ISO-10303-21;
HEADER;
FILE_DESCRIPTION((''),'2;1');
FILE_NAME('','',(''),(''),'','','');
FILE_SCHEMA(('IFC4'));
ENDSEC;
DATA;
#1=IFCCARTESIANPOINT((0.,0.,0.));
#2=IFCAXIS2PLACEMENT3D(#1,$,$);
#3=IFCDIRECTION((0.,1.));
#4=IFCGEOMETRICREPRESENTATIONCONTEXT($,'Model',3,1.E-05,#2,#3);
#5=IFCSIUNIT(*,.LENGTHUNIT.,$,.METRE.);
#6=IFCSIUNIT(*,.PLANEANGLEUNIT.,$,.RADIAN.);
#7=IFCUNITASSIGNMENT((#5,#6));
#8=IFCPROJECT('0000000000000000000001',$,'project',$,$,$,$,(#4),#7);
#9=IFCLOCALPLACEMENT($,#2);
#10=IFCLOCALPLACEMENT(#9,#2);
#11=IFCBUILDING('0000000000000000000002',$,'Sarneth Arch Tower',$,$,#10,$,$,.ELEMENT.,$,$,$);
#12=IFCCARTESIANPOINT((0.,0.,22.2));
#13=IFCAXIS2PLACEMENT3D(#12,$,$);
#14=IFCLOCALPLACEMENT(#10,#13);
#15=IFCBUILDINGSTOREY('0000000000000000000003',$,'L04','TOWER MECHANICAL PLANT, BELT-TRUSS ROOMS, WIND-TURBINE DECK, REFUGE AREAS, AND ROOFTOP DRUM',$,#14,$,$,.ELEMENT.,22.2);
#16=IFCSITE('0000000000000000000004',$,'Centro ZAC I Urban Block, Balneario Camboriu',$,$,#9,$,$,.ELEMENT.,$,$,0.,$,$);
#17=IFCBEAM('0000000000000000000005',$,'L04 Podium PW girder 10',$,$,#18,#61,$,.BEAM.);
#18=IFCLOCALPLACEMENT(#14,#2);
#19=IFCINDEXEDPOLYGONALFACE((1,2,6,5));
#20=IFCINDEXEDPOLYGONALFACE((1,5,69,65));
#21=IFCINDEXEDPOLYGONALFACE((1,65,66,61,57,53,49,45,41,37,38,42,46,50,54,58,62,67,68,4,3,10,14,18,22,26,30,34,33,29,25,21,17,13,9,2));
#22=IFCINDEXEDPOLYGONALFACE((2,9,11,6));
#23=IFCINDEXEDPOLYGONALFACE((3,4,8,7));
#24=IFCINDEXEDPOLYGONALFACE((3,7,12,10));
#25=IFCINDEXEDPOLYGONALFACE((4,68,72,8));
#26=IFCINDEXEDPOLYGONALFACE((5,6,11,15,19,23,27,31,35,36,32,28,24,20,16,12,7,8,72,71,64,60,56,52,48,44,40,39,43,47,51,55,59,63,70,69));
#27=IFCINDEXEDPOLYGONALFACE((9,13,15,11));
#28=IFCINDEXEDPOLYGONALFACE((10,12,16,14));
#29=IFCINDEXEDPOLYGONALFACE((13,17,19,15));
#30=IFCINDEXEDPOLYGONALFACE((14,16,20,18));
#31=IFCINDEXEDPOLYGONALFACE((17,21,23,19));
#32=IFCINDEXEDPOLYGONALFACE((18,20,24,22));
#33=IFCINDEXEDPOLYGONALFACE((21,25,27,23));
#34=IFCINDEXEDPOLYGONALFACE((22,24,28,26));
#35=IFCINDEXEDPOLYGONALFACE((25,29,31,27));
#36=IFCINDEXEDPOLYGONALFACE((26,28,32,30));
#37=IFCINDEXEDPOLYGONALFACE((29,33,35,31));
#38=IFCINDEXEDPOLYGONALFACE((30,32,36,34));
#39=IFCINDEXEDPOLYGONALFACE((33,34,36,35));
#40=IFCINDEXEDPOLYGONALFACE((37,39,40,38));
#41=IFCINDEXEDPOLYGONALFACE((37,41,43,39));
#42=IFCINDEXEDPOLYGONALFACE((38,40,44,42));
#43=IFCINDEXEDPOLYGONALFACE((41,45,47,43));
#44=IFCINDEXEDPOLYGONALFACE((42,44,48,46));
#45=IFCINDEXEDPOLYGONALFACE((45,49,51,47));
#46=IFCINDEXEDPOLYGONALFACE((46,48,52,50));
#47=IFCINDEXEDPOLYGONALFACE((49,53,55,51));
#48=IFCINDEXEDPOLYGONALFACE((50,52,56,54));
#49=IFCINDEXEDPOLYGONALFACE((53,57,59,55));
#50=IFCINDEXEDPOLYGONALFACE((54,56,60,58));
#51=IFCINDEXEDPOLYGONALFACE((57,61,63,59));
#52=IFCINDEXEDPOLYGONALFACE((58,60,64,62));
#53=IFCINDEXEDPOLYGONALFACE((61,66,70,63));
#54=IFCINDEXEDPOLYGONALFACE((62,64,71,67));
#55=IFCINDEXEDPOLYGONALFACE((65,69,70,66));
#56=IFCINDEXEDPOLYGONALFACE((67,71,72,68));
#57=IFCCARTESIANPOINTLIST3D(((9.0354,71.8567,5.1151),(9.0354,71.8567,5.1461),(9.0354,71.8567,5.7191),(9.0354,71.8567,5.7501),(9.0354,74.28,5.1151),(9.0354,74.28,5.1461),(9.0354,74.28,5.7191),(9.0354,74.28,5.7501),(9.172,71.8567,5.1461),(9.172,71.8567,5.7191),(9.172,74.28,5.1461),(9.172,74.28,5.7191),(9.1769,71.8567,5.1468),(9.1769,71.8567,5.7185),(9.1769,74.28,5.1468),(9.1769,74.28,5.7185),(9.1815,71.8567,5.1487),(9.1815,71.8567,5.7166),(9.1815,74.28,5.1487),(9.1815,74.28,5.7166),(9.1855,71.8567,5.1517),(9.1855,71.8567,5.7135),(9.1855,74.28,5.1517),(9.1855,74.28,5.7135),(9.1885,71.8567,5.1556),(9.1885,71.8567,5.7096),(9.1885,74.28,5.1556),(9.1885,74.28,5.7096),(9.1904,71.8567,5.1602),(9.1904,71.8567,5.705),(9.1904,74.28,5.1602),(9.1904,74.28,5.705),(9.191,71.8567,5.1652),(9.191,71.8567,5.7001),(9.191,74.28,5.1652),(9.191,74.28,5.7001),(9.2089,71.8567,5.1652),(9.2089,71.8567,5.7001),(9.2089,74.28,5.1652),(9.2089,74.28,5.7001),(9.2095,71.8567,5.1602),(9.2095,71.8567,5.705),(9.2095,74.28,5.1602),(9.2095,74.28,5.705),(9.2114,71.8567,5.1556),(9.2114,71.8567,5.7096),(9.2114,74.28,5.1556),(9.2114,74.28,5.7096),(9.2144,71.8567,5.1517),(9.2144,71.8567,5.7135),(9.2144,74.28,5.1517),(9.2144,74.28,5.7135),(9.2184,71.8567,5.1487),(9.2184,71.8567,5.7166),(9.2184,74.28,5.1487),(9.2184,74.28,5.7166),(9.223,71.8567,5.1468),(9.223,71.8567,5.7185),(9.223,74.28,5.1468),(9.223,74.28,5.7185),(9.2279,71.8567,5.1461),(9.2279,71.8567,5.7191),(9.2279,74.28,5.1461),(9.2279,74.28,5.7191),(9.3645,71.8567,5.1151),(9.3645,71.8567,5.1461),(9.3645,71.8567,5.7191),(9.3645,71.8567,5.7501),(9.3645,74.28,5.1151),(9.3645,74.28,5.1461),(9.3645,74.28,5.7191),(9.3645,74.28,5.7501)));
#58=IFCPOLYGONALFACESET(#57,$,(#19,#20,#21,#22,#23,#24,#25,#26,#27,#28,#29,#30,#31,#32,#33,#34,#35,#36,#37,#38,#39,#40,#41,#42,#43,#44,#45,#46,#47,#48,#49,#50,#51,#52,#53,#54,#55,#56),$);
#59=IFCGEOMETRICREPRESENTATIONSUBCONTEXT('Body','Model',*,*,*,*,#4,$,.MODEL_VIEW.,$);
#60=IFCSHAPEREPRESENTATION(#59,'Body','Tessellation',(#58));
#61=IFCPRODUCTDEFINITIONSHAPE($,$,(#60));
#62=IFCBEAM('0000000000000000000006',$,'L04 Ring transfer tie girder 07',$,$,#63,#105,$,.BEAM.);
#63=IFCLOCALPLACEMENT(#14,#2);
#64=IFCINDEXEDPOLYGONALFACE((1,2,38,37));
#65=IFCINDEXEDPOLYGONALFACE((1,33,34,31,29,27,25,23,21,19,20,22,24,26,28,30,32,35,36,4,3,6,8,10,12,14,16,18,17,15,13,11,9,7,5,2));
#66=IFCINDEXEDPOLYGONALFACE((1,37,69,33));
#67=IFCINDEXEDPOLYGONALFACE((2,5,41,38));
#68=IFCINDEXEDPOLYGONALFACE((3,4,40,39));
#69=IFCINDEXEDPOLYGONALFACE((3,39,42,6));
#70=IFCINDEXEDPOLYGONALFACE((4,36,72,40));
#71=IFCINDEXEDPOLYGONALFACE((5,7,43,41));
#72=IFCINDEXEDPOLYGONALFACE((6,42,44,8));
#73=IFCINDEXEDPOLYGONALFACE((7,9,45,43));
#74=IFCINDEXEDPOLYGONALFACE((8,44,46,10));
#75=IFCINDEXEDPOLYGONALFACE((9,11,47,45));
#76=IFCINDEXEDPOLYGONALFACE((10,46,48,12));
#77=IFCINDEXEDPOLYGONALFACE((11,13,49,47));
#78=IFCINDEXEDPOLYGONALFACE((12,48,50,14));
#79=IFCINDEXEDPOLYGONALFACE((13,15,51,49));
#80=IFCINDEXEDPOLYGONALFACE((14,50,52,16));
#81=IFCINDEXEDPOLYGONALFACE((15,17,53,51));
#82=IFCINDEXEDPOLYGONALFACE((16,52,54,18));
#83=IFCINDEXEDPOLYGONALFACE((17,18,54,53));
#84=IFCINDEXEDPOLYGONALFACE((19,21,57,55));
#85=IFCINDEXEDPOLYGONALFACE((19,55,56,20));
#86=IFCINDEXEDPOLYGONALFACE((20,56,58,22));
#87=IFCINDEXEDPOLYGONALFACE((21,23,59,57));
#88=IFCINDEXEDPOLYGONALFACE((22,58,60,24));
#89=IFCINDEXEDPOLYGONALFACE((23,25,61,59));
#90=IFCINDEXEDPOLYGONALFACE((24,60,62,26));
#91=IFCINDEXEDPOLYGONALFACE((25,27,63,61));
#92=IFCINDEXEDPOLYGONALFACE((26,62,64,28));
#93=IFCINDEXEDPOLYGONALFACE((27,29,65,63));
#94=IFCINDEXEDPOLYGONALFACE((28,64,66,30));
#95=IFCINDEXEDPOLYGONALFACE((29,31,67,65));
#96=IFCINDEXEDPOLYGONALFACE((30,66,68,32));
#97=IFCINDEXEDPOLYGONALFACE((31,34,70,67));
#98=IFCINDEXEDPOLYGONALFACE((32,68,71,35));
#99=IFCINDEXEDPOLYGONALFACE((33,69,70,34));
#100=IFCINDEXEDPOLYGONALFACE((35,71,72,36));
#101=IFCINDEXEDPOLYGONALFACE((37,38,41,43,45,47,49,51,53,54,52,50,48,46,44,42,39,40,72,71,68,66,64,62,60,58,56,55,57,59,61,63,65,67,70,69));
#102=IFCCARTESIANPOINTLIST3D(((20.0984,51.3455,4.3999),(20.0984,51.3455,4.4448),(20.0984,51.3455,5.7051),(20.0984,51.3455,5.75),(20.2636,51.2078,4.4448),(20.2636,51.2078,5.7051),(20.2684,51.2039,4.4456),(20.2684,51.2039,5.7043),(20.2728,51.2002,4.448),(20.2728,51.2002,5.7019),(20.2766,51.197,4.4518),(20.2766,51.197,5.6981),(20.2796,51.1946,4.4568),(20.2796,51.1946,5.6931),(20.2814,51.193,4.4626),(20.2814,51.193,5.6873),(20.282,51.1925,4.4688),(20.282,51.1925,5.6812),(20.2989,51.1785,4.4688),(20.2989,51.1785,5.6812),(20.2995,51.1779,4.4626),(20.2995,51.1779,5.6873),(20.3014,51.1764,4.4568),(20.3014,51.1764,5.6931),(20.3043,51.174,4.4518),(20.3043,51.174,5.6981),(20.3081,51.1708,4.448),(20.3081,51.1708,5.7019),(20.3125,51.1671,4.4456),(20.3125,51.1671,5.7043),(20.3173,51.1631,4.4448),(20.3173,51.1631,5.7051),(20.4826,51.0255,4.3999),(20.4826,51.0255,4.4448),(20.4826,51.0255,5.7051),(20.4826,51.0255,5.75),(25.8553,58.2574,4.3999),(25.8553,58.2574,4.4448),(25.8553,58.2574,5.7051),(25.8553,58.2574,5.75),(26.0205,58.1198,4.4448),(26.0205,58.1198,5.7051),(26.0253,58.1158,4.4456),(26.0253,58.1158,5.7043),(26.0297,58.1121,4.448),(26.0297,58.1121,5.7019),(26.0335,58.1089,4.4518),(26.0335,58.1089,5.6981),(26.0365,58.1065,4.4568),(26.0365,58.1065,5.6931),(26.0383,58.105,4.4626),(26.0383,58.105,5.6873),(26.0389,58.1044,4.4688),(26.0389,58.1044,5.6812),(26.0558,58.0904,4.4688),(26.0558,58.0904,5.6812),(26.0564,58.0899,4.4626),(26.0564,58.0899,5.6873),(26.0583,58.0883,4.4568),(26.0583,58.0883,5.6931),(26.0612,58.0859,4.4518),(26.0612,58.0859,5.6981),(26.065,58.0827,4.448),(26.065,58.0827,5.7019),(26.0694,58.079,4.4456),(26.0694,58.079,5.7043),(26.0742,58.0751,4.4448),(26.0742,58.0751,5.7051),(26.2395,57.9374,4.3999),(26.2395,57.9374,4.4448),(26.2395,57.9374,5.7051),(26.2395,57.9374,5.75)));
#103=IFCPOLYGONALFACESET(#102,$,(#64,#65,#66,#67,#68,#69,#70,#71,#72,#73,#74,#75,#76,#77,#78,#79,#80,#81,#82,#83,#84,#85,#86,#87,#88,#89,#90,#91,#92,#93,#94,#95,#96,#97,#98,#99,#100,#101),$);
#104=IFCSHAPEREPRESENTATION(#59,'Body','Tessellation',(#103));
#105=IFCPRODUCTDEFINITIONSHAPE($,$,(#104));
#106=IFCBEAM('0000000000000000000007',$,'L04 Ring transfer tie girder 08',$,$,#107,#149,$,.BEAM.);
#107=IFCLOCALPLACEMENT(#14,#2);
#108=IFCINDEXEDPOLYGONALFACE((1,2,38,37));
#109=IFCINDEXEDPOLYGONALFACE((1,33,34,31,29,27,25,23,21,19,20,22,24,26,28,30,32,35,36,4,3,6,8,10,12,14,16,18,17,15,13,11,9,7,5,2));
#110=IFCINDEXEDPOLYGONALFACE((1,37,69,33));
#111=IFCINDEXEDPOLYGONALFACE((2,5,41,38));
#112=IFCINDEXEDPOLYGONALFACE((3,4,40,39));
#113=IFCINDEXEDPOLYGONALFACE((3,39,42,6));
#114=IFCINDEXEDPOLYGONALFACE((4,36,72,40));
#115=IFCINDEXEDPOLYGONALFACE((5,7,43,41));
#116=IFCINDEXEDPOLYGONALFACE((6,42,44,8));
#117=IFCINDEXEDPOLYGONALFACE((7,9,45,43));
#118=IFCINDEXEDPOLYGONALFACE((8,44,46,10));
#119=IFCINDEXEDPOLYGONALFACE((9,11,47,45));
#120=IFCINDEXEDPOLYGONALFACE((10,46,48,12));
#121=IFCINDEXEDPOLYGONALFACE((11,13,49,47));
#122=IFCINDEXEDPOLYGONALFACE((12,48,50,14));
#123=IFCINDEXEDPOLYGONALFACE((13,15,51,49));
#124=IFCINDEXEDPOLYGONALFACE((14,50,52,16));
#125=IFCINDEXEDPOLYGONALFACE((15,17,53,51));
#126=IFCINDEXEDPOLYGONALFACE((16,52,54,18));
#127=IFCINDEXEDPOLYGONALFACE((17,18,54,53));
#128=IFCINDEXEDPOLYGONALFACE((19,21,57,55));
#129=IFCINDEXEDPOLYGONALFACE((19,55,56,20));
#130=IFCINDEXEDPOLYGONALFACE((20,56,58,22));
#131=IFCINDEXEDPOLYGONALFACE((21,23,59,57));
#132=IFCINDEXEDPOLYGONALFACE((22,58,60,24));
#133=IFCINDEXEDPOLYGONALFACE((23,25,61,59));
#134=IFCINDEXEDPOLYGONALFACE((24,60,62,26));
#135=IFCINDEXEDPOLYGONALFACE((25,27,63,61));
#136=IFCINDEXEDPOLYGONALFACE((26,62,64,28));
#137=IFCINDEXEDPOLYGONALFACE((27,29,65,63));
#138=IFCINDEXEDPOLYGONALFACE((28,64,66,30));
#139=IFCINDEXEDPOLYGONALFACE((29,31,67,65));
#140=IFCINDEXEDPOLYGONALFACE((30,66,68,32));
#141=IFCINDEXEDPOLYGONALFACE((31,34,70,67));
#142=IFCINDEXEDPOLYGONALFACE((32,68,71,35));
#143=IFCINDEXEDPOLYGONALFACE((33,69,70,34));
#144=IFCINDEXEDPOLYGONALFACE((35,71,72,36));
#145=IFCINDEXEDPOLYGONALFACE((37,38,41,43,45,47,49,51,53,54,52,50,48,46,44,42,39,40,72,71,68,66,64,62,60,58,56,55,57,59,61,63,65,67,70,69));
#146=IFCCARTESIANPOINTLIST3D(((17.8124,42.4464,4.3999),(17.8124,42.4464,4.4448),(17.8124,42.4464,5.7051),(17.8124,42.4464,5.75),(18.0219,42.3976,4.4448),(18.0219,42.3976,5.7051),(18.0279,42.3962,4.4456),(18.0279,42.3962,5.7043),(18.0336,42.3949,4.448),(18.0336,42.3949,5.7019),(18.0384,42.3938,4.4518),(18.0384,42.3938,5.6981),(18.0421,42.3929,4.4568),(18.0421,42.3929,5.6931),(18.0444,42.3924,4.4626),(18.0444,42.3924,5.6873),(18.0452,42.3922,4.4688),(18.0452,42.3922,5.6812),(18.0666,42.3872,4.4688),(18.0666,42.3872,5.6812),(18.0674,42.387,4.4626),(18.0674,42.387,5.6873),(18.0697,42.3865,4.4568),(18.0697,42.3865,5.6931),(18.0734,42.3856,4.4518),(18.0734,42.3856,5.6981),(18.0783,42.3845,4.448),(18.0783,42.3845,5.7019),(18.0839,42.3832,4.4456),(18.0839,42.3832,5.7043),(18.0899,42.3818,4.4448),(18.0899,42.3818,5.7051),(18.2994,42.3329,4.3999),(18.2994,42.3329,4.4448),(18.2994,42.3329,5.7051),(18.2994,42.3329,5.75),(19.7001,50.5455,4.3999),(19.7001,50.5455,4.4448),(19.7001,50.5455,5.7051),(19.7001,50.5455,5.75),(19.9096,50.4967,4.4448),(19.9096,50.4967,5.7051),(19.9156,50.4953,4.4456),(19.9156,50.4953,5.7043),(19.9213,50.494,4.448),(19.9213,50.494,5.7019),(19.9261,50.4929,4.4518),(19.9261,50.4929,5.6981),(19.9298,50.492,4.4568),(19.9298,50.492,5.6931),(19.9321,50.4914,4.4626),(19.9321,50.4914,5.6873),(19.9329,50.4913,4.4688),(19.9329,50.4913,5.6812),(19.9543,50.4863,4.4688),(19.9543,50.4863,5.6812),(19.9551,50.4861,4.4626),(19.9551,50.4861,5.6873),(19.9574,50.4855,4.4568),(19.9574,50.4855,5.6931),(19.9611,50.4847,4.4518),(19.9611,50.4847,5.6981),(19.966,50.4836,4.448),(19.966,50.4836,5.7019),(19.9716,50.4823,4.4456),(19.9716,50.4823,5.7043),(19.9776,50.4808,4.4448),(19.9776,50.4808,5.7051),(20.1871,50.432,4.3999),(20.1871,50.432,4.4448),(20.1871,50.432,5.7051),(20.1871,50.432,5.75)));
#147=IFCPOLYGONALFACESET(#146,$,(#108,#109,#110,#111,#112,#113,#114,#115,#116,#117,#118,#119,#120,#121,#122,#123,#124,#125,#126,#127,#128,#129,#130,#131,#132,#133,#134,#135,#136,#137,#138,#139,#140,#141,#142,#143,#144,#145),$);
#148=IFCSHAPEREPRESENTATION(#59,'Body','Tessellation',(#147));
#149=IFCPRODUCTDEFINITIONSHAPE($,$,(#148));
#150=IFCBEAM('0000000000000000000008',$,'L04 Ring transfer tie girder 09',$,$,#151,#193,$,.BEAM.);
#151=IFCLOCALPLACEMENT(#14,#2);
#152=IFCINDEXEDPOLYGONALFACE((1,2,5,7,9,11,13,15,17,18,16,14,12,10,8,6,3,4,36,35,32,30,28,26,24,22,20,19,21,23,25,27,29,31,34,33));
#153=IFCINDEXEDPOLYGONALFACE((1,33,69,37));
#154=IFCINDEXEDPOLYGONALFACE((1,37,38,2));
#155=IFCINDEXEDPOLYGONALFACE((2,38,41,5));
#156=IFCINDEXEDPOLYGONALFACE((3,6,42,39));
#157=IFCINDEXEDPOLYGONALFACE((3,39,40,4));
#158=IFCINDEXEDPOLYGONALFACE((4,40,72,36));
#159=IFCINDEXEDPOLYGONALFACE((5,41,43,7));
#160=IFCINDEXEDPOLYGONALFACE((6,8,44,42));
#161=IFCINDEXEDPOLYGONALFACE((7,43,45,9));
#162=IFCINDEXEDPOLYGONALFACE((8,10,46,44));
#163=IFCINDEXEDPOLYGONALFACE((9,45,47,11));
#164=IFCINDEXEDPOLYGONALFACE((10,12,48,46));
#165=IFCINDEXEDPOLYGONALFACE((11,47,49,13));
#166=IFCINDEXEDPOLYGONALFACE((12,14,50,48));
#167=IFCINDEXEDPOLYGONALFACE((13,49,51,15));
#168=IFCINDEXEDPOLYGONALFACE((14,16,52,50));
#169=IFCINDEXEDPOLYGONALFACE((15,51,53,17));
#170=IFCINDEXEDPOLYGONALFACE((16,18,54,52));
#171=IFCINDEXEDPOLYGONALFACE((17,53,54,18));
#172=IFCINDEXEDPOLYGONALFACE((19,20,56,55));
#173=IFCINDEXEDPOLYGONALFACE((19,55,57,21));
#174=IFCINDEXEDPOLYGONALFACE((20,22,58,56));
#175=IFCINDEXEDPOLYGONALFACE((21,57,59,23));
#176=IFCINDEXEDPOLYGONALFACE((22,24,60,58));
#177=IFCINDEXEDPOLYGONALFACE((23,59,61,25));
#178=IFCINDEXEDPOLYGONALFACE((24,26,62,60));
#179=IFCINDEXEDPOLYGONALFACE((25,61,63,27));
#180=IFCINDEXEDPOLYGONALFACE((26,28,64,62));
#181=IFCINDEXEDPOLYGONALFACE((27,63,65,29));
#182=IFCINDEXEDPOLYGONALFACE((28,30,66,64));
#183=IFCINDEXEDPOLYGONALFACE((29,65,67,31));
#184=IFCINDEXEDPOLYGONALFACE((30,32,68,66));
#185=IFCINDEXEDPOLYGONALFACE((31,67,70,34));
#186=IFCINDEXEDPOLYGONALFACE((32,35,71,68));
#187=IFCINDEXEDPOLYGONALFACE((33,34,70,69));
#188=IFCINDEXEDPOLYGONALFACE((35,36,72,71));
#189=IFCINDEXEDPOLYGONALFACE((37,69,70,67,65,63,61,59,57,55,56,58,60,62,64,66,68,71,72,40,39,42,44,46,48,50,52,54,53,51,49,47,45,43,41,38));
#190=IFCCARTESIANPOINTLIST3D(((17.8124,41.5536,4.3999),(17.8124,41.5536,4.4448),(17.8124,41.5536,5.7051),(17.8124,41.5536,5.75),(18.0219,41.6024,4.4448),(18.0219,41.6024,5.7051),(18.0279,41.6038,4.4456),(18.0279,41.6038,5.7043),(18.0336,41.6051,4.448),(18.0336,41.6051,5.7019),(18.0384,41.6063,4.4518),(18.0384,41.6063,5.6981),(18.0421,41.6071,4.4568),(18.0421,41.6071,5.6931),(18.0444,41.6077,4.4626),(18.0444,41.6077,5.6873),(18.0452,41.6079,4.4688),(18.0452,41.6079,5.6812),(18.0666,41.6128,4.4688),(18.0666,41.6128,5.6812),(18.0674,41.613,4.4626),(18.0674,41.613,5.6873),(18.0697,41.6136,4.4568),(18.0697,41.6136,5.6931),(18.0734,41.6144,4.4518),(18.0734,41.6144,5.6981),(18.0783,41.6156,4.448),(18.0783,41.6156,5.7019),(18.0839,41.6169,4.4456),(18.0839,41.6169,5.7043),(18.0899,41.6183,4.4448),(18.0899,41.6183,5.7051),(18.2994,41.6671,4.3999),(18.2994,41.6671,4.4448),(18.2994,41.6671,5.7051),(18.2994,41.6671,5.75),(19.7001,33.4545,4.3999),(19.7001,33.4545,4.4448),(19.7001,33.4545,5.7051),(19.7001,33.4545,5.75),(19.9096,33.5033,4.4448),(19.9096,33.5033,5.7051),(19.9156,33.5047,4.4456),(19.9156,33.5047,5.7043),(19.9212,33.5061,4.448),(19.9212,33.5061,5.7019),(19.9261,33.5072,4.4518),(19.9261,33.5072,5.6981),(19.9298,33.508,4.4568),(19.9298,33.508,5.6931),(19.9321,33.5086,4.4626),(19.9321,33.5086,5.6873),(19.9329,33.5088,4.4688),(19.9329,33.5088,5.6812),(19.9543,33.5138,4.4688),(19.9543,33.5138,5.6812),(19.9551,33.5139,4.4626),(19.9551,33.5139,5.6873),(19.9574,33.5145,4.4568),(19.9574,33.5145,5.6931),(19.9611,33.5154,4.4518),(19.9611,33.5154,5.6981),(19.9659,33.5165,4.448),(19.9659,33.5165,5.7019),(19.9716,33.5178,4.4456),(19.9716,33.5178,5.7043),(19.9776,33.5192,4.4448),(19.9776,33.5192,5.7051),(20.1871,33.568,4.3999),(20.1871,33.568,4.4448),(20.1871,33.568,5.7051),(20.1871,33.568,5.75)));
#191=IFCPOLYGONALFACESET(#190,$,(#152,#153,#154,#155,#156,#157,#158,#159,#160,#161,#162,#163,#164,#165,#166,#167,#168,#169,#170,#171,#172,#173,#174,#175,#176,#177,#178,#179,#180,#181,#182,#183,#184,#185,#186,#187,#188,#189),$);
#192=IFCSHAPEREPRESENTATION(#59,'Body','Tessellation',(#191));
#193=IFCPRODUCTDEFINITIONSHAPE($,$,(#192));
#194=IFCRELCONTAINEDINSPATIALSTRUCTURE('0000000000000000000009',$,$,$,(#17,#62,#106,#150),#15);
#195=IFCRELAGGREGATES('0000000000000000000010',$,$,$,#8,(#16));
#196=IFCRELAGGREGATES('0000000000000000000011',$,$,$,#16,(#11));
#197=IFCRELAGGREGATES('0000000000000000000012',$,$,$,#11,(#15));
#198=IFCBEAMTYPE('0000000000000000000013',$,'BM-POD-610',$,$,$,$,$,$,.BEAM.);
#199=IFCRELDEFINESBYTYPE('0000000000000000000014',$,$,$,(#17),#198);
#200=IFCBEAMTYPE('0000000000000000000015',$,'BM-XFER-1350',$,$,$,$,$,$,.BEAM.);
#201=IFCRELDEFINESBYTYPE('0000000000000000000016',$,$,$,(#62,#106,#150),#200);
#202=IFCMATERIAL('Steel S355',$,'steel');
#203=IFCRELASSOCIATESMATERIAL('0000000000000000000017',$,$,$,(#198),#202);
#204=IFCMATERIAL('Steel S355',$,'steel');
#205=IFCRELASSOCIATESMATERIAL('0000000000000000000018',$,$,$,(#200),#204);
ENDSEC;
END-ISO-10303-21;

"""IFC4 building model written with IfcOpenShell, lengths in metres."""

from ifc_helpers import new_model, si_unit, direction, frame, origin, origin_2d, place, context, subcontext, project, spatial, i_section, extrude, material, material_profile, profile_set, type_object, element, save


model = new_model("IFC4")

# Units and contexts
model_context = context("Model", 3, precision=1e-05, world=origin(), true_north=direction((0.0, 1.0)))
body_context = subcontext(model_context, "Body", "Model", "MODEL_VIEW")
ifc_project = project(units=[si_unit("LENGTHUNIT", "METRE"), si_unit("PLANEANGLEUNIT", "RADIAN")], contexts=[model_context])

# Site, building, storey
site_placement = place(None, origin())
site = spatial("IfcSite", under=ifc_project, at=site_placement, Name="Centro ZAC I Urban Block, Balneario Camboriu", CompositionType="ELEMENT", RefElevation=0.0)
building_placement = place(site_placement, origin())
building = spatial("IfcBuilding", under=site, at=building_placement, Name="Sarneth Arch Tower", CompositionType="ELEMENT")
storey_placement = place(building_placement, frame((0.0, 0.0, 22.2)))
storey = spatial("IfcBuildingStorey", under=building, at=storey_placement, Name="L04", Description="TOWER MECHANICAL PLANT, BELT-TRUSS ROOMS, WIND-TURBINE DECK, REFUGE AREAS, AND ROOFTOP DRUM", CompositionType="ELEMENT", Elevation=22.2)

# Beams
ifc_material_1 = material(Name="Steel S355", Category="steel")
ifc_material_profile_1 = material_profile(ifc_material_1, i_section(OverallWidth=0.3291, OverallDepth=0.635, WebThickness=0.0178, FlangeThickness=0.031, FilletRadius=0.019, at=origin_2d()), Name="W610x241")
ifc_profile_set_1 = profile_set([ifc_material_profile_1], Name="Steel S355")
beam_type_1 = type_object("IfcBeamType", Name="BM-POD-610", PredefinedType="BEAM", material=ifc_profile_set_1)
beam_1_placement = place(storey_placement, frame((9.2, 71.8567, 5.4326), z_axis=(0.0, 1.0, 0.0), x_axis=(-1.0, 0.0, 0.0)))
element("IfcBeam", 1, at=beam_1_placement, inside=storey, type_object=beam_type_1, Name="L04 Podium PW girder 10", PredefinedType="BEAM", context=body_context, shape_type="SweptSolid", body=[
    extrude(i_section(OverallWidth=0.3291, OverallDepth=0.635, WebThickness=0.0178, FlangeThickness=0.031, FilletRadius=0.019, at=origin_2d()), origin(), (0.0, 0.0, 1.0), 2.4233),
])
ifc_material_2 = material(Name="Steel S355", Category="steel")
ifc_material_profile_2 = material_profile(ifc_material_2, i_section(OverallWidth=0.5, OverallDepth=1.3501, WebThickness=0.022, FlangeThickness=0.0449, FilletRadius=0.0239, at=origin_2d()), Name="CVS1350x595")
ifc_profile_set_2 = profile_set([ifc_material_profile_2], Name="Steel S355")
beam_type_2 = type_object("IfcBeamType", Name="BM-XFER-1350", PredefinedType="BEAM", material=ifc_profile_set_2)
beam_2_placement = place(storey_placement, frame((26.0474, 58.0974, 5.075), z_axis=(-0.639984, -0.768388, 0.0), x_axis=(0.768388, -0.639984, 0.0)))
element("IfcBeam", 2, at=beam_2_placement, inside=storey, type_object=beam_type_2, Name="L04 Ring transfer tie girder 07", PredefinedType="BEAM", context=body_context, shape_type="SweptSolid", body=[
    extrude(i_section(OverallWidth=0.5, OverallDepth=1.3501, WebThickness=0.022, FlangeThickness=0.0449, FilletRadius=0.0239, at=origin_2d()), origin(), (0.0, 0.0, 1.0), 8.9954),
])
for number, where, z_axis, x_axis, name in (
    (3, (19.9436, 50.4888, 5.075), (-0.22699, -0.973897, 0.0), (0.973897, -0.22699, 0.0), "L04 Ring transfer tie girder 08"),
    (4, (18.0559, 41.6104, 5.075), (0.22699, -0.973897, 0.0), (0.973897, 0.22699, 0.0), "L04 Ring transfer tie girder 09"),
):
    element("IfcBeam", number, at=place(storey_placement, frame(where, z_axis=z_axis, x_axis=x_axis)), inside=storey, type_object=beam_type_2, Name=name, PredefinedType="BEAM", context=body_context, shape_type="SweptSolid", body=[
        extrude(i_section(OverallWidth=0.5, OverallDepth=1.3501, WebThickness=0.022, FlangeThickness=0.0449, FilletRadius=0.0239, at=origin_2d()), origin(), (0.0, 0.0, 1.0), 8.3162),
    ])

save(model, "model.ifc")
